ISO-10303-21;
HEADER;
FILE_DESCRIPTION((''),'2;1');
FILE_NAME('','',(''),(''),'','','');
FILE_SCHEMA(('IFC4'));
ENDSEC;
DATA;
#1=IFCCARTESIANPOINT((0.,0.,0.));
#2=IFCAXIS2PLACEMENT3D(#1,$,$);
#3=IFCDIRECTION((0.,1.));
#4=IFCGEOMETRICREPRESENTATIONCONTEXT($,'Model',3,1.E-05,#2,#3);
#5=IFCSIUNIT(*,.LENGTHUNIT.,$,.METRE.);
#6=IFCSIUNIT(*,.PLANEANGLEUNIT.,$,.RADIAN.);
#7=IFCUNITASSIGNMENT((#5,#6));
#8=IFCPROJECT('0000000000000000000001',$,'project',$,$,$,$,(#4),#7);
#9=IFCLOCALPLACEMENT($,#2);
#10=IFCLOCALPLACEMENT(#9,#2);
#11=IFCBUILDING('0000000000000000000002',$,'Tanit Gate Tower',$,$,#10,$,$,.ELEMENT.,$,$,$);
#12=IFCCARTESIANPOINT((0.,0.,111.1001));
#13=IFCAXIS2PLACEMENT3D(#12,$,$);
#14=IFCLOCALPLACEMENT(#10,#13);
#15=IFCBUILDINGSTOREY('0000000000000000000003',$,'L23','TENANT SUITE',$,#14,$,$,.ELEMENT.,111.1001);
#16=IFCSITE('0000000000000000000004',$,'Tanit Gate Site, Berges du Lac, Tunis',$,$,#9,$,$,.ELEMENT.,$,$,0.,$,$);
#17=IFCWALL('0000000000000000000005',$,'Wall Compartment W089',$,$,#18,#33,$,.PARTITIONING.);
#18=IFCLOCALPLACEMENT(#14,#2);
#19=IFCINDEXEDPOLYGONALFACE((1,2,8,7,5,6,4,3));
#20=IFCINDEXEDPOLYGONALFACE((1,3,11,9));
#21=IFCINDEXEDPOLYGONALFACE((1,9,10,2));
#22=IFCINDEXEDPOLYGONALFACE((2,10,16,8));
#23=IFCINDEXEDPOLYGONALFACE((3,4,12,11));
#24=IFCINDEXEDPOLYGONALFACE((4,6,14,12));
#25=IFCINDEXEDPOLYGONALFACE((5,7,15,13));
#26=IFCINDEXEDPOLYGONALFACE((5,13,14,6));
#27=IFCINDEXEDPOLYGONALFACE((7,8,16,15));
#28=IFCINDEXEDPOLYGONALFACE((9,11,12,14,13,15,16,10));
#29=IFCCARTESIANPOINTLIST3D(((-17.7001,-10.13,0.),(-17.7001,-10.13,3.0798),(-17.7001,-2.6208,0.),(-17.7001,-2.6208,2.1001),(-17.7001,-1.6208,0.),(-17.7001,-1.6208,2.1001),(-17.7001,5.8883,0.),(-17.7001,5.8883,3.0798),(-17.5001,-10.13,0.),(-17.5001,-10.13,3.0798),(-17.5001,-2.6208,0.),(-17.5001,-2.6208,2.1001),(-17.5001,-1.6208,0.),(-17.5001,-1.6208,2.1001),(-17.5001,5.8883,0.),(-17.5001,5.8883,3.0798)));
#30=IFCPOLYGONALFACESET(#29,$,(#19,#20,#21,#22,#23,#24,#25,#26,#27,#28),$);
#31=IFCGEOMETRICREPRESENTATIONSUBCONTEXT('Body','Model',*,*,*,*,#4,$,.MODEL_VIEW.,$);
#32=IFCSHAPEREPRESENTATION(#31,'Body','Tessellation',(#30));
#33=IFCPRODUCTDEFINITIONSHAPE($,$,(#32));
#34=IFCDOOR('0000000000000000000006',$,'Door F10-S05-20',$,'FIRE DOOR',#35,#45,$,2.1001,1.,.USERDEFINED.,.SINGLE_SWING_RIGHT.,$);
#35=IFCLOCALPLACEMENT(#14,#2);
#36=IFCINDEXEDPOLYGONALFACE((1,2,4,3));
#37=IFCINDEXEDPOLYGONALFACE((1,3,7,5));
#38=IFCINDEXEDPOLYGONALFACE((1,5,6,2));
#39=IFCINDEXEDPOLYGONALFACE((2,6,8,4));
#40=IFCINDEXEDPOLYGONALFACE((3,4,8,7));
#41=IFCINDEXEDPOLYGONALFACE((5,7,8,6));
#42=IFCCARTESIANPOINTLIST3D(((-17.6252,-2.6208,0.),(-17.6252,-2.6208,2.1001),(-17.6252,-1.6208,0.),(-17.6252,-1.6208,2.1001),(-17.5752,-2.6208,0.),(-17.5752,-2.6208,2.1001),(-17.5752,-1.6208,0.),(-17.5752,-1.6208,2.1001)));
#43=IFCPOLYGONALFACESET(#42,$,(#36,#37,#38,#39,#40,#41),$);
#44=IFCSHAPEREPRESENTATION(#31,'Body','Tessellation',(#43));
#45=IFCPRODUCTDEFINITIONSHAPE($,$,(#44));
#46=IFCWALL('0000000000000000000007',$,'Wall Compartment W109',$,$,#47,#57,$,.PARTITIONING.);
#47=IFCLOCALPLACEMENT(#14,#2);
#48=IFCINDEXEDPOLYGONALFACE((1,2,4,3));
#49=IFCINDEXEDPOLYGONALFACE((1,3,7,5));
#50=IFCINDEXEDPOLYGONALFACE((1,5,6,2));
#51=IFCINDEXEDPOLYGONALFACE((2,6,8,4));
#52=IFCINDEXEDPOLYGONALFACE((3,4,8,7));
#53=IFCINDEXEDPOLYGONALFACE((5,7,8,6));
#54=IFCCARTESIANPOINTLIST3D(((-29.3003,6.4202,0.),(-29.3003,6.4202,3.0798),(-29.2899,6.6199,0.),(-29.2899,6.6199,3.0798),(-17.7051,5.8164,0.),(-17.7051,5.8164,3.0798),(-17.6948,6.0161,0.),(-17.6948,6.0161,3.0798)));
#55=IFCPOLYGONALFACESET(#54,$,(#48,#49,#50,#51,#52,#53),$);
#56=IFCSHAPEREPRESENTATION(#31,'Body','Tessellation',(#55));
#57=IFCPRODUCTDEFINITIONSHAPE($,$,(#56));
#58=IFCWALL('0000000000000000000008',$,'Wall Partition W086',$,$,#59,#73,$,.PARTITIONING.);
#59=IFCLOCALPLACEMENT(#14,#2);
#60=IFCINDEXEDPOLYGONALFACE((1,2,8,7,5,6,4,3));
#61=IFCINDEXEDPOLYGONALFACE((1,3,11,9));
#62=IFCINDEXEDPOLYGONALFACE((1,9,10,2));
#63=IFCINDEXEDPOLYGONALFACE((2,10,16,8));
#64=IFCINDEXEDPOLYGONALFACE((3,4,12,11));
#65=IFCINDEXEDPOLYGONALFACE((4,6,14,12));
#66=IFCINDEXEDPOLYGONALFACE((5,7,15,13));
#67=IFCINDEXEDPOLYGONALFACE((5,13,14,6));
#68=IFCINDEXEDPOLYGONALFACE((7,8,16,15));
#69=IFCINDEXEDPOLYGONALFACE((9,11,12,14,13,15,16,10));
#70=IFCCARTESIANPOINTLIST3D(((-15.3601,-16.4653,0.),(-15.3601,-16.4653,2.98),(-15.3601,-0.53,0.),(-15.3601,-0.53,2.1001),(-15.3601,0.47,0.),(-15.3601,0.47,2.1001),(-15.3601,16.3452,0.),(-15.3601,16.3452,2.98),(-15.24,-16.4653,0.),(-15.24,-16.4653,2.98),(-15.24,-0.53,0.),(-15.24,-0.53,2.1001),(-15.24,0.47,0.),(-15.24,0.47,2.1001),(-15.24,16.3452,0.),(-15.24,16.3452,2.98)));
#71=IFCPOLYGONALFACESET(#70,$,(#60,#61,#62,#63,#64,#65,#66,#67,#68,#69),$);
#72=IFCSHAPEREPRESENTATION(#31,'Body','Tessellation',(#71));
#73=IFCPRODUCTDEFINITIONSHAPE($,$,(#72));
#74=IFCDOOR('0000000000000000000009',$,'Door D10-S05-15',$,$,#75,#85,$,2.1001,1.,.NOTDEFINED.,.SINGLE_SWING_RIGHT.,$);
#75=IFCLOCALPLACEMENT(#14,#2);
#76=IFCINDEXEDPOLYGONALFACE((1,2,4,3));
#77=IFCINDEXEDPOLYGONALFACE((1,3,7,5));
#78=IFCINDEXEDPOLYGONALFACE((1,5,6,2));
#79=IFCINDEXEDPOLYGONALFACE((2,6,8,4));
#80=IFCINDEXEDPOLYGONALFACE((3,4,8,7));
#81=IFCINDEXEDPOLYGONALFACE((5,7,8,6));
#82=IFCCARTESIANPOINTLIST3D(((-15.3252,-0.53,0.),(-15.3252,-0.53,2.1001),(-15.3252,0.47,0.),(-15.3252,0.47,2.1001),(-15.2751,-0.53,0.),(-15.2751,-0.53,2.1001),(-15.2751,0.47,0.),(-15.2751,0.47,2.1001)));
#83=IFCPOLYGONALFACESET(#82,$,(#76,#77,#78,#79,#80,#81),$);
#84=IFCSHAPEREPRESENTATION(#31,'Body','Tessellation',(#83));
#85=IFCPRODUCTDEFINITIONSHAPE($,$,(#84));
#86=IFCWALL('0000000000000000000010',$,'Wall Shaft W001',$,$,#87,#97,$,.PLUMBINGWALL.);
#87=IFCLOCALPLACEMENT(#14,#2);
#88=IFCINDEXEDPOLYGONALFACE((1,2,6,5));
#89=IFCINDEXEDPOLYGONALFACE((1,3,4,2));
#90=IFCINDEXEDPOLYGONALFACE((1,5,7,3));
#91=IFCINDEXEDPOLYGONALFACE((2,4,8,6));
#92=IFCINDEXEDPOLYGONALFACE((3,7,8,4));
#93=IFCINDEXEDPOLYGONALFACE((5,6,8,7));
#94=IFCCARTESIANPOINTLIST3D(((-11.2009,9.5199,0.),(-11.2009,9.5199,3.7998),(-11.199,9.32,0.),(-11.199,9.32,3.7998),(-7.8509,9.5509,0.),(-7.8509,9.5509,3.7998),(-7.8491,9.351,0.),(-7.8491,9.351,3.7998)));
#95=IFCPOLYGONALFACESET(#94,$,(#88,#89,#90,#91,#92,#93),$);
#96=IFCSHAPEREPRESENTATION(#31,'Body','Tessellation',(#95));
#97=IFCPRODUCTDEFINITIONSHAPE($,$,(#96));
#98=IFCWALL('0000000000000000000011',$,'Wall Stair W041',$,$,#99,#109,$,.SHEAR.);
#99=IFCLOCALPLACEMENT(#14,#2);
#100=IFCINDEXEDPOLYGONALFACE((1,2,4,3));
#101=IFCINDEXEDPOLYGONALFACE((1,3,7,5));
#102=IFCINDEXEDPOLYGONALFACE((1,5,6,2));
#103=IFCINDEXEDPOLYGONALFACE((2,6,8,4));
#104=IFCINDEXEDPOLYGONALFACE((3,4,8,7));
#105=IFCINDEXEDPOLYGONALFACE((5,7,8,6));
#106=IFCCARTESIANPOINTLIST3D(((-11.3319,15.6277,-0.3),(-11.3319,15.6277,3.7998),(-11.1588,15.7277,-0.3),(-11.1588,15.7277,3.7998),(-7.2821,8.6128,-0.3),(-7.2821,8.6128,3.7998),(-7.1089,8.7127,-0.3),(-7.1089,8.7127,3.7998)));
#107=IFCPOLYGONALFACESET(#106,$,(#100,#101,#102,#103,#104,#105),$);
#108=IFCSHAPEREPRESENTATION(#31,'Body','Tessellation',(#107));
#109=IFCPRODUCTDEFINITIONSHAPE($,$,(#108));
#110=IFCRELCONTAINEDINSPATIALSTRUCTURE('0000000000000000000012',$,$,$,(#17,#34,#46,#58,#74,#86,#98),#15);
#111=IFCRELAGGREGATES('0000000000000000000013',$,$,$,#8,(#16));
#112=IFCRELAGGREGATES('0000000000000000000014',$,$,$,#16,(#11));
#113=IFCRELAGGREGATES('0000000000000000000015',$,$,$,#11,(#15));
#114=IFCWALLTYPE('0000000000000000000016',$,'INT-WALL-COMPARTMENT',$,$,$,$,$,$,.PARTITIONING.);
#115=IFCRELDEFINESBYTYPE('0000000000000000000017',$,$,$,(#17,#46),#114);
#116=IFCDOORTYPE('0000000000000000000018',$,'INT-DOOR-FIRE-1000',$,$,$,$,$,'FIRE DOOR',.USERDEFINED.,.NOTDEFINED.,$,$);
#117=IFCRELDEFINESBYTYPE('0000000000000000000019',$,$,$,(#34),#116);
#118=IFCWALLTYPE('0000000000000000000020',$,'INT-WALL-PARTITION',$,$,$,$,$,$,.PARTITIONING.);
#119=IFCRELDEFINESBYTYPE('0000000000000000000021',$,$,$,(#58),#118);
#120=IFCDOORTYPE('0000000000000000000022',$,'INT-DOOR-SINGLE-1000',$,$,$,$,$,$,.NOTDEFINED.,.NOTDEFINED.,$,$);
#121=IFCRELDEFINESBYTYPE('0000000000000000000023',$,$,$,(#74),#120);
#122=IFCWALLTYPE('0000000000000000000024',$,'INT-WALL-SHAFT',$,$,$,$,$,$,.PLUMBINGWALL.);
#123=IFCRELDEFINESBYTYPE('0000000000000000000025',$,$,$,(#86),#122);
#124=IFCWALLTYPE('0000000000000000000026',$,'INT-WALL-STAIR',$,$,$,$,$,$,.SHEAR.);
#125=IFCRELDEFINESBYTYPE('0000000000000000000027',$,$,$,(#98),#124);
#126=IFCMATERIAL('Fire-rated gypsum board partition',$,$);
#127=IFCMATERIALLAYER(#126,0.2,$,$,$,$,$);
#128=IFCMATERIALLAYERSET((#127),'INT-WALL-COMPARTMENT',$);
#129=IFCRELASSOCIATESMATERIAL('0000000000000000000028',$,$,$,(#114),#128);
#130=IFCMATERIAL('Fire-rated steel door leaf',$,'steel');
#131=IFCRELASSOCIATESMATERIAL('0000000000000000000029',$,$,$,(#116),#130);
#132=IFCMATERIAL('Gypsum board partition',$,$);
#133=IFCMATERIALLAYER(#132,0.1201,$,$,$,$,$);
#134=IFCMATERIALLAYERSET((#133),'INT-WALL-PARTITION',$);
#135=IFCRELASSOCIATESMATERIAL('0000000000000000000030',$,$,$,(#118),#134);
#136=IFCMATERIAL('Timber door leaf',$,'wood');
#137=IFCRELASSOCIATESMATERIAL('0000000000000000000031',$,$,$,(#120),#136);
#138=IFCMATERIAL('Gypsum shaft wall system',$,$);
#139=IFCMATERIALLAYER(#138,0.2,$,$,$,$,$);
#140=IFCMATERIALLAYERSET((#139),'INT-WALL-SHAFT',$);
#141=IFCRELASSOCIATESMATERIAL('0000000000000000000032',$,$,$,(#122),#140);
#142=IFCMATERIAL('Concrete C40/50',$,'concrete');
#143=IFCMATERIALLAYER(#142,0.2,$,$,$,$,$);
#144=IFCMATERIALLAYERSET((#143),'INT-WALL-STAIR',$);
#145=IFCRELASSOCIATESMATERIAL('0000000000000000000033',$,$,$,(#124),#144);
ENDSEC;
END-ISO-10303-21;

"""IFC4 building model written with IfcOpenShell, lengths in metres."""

from ifc_helpers import new_model, si_unit, direction, frame, frame_2d, origin, place, context, subcontext, project, spatial, rectangle, extrude, material, layer, layer_set, type_object, element, fill, save


model = new_model("IFC4")

# Units and contexts
model_context = context("Model", 3, precision=1e-05, world=origin(), true_north=direction((0.0, 1.0)))
body_context = subcontext(model_context, "Body", "Model", "MODEL_VIEW")
ifc_project = project(units=[si_unit("LENGTHUNIT", "METRE"), si_unit("PLANEANGLEUNIT", "RADIAN")], contexts=[model_context])

# Site, building, storey
site_placement = place(None, origin())
site = spatial("IfcSite", under=ifc_project, at=site_placement, Name="Tanit Gate Site, Berges du Lac, Tunis", CompositionType="ELEMENT", RefElevation=0.0)
building_placement = place(site_placement, origin())
building = spatial("IfcBuilding", under=site, at=building_placement, Name="Tanit Gate Tower", CompositionType="ELEMENT")
storey_placement = place(building_placement, frame((0.0, 0.0, 111.1001)))
storey = spatial("IfcBuildingStorey", under=building, at=storey_placement, Name="L23", Description="TENANT SUITE", CompositionType="ELEMENT", Elevation=111.1001)

# Wall, opening, door
ifc_material_1 = material(Name="Fire-rated gypsum board partition")
ifc_layer_1 = layer(ifc_material_1, 0.2)
ifc_layer_set_1 = layer_set([ifc_layer_1], Name="INT-WALL-COMPARTMENT")
wall_type_1 = type_object("IfcWallType", Name="INT-WALL-COMPARTMENT", PredefinedType="PARTITIONING", material=ifc_layer_set_1)
ifc_material_2 = material(Name="Fire-rated steel door leaf", Category="steel")
door_type_1 = type_object("IfcDoorType", Name="INT-DOOR-FIRE-1000", ElementType="FIRE DOOR", OperationType="NOTDEFINED", PredefinedType="USERDEFINED", material=ifc_material_2)
wall_1_placement = place(storey_placement, frame((-17.6001, 5.8884, 0.0), z_axis=(0.0, 0.0, 1.0), x_axis=(0.0, -1.0, 0.0)))
wall_1 = element("IfcWall", 1, at=wall_1_placement, inside=storey, type_object=wall_type_1, Name="Wall Compartment W089", PredefinedType="PARTITIONING", context=body_context, shape_type="SweptSolid", body=[
    extrude(rectangle(XDim=16.0183, YDim=0.2, at=frame_2d((8.0093, 0.0))), origin(), (0.0, 0.0, 1.0), 3.0798),
])
opening_1_placement = place(wall_1_placement, frame((7.5093, 0.0, 0.0)))
opening_1 = element("IfcOpeningElement", 2, at=opening_1_placement, cuts=wall_1, PredefinedType="OPENING", context=body_context, shape_type="SweptSolid", body=[
    extrude(rectangle(XDim=1.0, YDim=2.1001, at=frame_2d((0.5, 1.05))), frame((0.0, 0.1099, 0.0), z_axis=(0.0, -1.0, 0.0), x_axis=(1.0, 0.0, 0.0)), (0.0, 0.0, 1.0), 0.22),
])
door_1_placement = place(opening_1_placement, origin())
door_1 = element("IfcDoor", 3, at=door_1_placement, inside=storey, type_object=door_type_1, Name="Door F10-S05-20", ObjectType="FIRE DOOR", OperationType="SINGLE_SWING_RIGHT", OverallHeight=2.1001, OverallWidth=1.0, PredefinedType="USERDEFINED", context=body_context, shape_type="SweptSolid", body=[
    extrude(rectangle(XDim=1.0, YDim=2.1001, at=frame_2d((0.5, 1.05))), frame((0.0, 0.0249, 0.0), z_axis=(0.0, -1.0, 0.0), x_axis=(1.0, 0.0, 0.0)), (0.0, 0.0, 1.0), 0.05),
])
fill(opening_1, door_1)

# Wall
wall_2_placement = place(storey_placement, frame((-17.7, 5.9163, 0.0), z_axis=(0.0, 0.0, 1.0), x_axis=(-0.998647, 0.051999, 0.0)))
element("IfcWall", 4, at=wall_2_placement, inside=storey, type_object=wall_type_1, Name="Wall Compartment W109", PredefinedType="PARTITIONING", context=body_context, shape_type="SweptSolid", body=[
    extrude(rectangle(XDim=11.6108, YDim=0.2, at=frame_2d((5.8054, 0.0))), origin(), (0.0, 0.0, 1.0), 3.0798),
])

# Wall, opening, door
ifc_material_3 = material(Name="Gypsum board partition")
ifc_layer_2 = layer(ifc_material_3, 0.1201)
ifc_layer_set_2 = layer_set([ifc_layer_2], Name="INT-WALL-PARTITION")
wall_type_2 = type_object("IfcWallType", Name="INT-WALL-PARTITION", PredefinedType="PARTITIONING", material=ifc_layer_set_2)
wall_3_placement = place(storey_placement, frame((-15.3, 16.3452, 0.0), z_axis=(0.0, 0.0, 1.0), x_axis=(0.0, -1.0, 0.0)))
wall_3 = element("IfcWall", 5, at=wall_3_placement, inside=storey, type_object=wall_type_2, Name="Wall Partition W086", PredefinedType="PARTITIONING", context=body_context, shape_type="SweptSolid", body=[
    extrude(rectangle(XDim=32.8105, YDim=0.1201, at=frame_2d((16.4053, 0.0))), origin(), (0.0, 0.0, 1.0), 2.98),
])
opening_2_placement = place(wall_3_placement, frame((15.8752, 0.0, 0.0)))
opening_2 = element("IfcOpeningElement", 6, at=opening_2_placement, cuts=wall_3, PredefinedType="OPENING", context=body_context, shape_type="SweptSolid", body=[
    extrude(rectangle(XDim=1.0, YDim=2.1001, at=frame_2d((0.5, 1.05))), frame((0.0, 0.0701, 0.0), z_axis=(0.0, -1.0, 0.0), x_axis=(1.0, 0.0, 0.0)), (0.0, 0.0, 1.0), 0.1401),
])
ifc_material_4 = material(Name="Timber door leaf", Category="wood")
door_type_2 = type_object("IfcDoorType", Name="INT-DOOR-SINGLE-1000", OperationType="NOTDEFINED", PredefinedType="NOTDEFINED", material=ifc_material_4)
door_2_placement = place(opening_2_placement, origin())
door_2 = element("IfcDoor", 7, at=door_2_placement, inside=storey, type_object=door_type_2, Name="Door D10-S05-15", OperationType="SINGLE_SWING_RIGHT", OverallHeight=2.1001, OverallWidth=1.0, PredefinedType="NOTDEFINED", context=body_context, shape_type="SweptSolid", body=[
    extrude(rectangle(XDim=1.0, YDim=2.1001, at=frame_2d((0.5, 1.05))), frame((0.0, 0.0249, 0.0), z_axis=(0.0, -1.0, 0.0), x_axis=(1.0, 0.0, 0.0)), (0.0, 0.0, 1.0), 0.05),
])
fill(opening_2, door_2)

# Walls
ifc_material_5 = material(Name="Gypsum shaft wall system")
ifc_layer_3 = layer(ifc_material_5, 0.2)
ifc_layer_set_3 = layer_set([ifc_layer_3], Name="INT-WALL-SHAFT")
wall_type_3 = type_object("IfcWallType", Name="INT-WALL-SHAFT", PredefinedType="PLUMBINGWALL", material=ifc_layer_set_3)
wall_4_placement = place(storey_placement, frame((-11.2, 9.4199, 0.0), z_axis=(0.0, 0.0, 1.0), x_axis=(0.999957, 0.009255, 0.0)))
element("IfcWall", 8, at=wall_4_placement, inside=storey, type_object=wall_type_3, Name="Wall Shaft W001", PredefinedType="PLUMBINGWALL", context=body_context, shape_type="SweptSolid", body=[
    extrude(rectangle(XDim=3.3501, YDim=0.2, at=frame_2d((1.675, 0.0))), origin(), (0.0, 0.0, 1.0), 3.7998),
])
ifc_material_6 = material(Name="Concrete C40/50", Category="concrete")
ifc_layer_4 = layer(ifc_material_6, 0.2)
ifc_layer_set_4 = layer_set([ifc_layer_4], Name="INT-WALL-STAIR")
wall_type_4 = type_object("IfcWallType", Name="INT-WALL-STAIR", PredefinedType="SHEAR", material=ifc_layer_set_4)
wall_5_placement = place(storey_placement, frame((-11.2454, 15.6777, -0.3), z_axis=(0.0, 0.0, 1.0), x_axis=(0.499977, -0.866039, 0.0)))
element("IfcWall", 9, at=wall_5_placement, inside=storey, type_object=wall_type_4, Name="Wall Stair W041", PredefinedType="SHEAR", context=body_context, shape_type="SweptSolid", body=[
    extrude(rectangle(XDim=8.1001, YDim=0.2, at=frame_2d((4.05, 0.0))), origin(), (0.0, 0.0, 1.0), 4.0999),
])

save(model, "model.ifc")
